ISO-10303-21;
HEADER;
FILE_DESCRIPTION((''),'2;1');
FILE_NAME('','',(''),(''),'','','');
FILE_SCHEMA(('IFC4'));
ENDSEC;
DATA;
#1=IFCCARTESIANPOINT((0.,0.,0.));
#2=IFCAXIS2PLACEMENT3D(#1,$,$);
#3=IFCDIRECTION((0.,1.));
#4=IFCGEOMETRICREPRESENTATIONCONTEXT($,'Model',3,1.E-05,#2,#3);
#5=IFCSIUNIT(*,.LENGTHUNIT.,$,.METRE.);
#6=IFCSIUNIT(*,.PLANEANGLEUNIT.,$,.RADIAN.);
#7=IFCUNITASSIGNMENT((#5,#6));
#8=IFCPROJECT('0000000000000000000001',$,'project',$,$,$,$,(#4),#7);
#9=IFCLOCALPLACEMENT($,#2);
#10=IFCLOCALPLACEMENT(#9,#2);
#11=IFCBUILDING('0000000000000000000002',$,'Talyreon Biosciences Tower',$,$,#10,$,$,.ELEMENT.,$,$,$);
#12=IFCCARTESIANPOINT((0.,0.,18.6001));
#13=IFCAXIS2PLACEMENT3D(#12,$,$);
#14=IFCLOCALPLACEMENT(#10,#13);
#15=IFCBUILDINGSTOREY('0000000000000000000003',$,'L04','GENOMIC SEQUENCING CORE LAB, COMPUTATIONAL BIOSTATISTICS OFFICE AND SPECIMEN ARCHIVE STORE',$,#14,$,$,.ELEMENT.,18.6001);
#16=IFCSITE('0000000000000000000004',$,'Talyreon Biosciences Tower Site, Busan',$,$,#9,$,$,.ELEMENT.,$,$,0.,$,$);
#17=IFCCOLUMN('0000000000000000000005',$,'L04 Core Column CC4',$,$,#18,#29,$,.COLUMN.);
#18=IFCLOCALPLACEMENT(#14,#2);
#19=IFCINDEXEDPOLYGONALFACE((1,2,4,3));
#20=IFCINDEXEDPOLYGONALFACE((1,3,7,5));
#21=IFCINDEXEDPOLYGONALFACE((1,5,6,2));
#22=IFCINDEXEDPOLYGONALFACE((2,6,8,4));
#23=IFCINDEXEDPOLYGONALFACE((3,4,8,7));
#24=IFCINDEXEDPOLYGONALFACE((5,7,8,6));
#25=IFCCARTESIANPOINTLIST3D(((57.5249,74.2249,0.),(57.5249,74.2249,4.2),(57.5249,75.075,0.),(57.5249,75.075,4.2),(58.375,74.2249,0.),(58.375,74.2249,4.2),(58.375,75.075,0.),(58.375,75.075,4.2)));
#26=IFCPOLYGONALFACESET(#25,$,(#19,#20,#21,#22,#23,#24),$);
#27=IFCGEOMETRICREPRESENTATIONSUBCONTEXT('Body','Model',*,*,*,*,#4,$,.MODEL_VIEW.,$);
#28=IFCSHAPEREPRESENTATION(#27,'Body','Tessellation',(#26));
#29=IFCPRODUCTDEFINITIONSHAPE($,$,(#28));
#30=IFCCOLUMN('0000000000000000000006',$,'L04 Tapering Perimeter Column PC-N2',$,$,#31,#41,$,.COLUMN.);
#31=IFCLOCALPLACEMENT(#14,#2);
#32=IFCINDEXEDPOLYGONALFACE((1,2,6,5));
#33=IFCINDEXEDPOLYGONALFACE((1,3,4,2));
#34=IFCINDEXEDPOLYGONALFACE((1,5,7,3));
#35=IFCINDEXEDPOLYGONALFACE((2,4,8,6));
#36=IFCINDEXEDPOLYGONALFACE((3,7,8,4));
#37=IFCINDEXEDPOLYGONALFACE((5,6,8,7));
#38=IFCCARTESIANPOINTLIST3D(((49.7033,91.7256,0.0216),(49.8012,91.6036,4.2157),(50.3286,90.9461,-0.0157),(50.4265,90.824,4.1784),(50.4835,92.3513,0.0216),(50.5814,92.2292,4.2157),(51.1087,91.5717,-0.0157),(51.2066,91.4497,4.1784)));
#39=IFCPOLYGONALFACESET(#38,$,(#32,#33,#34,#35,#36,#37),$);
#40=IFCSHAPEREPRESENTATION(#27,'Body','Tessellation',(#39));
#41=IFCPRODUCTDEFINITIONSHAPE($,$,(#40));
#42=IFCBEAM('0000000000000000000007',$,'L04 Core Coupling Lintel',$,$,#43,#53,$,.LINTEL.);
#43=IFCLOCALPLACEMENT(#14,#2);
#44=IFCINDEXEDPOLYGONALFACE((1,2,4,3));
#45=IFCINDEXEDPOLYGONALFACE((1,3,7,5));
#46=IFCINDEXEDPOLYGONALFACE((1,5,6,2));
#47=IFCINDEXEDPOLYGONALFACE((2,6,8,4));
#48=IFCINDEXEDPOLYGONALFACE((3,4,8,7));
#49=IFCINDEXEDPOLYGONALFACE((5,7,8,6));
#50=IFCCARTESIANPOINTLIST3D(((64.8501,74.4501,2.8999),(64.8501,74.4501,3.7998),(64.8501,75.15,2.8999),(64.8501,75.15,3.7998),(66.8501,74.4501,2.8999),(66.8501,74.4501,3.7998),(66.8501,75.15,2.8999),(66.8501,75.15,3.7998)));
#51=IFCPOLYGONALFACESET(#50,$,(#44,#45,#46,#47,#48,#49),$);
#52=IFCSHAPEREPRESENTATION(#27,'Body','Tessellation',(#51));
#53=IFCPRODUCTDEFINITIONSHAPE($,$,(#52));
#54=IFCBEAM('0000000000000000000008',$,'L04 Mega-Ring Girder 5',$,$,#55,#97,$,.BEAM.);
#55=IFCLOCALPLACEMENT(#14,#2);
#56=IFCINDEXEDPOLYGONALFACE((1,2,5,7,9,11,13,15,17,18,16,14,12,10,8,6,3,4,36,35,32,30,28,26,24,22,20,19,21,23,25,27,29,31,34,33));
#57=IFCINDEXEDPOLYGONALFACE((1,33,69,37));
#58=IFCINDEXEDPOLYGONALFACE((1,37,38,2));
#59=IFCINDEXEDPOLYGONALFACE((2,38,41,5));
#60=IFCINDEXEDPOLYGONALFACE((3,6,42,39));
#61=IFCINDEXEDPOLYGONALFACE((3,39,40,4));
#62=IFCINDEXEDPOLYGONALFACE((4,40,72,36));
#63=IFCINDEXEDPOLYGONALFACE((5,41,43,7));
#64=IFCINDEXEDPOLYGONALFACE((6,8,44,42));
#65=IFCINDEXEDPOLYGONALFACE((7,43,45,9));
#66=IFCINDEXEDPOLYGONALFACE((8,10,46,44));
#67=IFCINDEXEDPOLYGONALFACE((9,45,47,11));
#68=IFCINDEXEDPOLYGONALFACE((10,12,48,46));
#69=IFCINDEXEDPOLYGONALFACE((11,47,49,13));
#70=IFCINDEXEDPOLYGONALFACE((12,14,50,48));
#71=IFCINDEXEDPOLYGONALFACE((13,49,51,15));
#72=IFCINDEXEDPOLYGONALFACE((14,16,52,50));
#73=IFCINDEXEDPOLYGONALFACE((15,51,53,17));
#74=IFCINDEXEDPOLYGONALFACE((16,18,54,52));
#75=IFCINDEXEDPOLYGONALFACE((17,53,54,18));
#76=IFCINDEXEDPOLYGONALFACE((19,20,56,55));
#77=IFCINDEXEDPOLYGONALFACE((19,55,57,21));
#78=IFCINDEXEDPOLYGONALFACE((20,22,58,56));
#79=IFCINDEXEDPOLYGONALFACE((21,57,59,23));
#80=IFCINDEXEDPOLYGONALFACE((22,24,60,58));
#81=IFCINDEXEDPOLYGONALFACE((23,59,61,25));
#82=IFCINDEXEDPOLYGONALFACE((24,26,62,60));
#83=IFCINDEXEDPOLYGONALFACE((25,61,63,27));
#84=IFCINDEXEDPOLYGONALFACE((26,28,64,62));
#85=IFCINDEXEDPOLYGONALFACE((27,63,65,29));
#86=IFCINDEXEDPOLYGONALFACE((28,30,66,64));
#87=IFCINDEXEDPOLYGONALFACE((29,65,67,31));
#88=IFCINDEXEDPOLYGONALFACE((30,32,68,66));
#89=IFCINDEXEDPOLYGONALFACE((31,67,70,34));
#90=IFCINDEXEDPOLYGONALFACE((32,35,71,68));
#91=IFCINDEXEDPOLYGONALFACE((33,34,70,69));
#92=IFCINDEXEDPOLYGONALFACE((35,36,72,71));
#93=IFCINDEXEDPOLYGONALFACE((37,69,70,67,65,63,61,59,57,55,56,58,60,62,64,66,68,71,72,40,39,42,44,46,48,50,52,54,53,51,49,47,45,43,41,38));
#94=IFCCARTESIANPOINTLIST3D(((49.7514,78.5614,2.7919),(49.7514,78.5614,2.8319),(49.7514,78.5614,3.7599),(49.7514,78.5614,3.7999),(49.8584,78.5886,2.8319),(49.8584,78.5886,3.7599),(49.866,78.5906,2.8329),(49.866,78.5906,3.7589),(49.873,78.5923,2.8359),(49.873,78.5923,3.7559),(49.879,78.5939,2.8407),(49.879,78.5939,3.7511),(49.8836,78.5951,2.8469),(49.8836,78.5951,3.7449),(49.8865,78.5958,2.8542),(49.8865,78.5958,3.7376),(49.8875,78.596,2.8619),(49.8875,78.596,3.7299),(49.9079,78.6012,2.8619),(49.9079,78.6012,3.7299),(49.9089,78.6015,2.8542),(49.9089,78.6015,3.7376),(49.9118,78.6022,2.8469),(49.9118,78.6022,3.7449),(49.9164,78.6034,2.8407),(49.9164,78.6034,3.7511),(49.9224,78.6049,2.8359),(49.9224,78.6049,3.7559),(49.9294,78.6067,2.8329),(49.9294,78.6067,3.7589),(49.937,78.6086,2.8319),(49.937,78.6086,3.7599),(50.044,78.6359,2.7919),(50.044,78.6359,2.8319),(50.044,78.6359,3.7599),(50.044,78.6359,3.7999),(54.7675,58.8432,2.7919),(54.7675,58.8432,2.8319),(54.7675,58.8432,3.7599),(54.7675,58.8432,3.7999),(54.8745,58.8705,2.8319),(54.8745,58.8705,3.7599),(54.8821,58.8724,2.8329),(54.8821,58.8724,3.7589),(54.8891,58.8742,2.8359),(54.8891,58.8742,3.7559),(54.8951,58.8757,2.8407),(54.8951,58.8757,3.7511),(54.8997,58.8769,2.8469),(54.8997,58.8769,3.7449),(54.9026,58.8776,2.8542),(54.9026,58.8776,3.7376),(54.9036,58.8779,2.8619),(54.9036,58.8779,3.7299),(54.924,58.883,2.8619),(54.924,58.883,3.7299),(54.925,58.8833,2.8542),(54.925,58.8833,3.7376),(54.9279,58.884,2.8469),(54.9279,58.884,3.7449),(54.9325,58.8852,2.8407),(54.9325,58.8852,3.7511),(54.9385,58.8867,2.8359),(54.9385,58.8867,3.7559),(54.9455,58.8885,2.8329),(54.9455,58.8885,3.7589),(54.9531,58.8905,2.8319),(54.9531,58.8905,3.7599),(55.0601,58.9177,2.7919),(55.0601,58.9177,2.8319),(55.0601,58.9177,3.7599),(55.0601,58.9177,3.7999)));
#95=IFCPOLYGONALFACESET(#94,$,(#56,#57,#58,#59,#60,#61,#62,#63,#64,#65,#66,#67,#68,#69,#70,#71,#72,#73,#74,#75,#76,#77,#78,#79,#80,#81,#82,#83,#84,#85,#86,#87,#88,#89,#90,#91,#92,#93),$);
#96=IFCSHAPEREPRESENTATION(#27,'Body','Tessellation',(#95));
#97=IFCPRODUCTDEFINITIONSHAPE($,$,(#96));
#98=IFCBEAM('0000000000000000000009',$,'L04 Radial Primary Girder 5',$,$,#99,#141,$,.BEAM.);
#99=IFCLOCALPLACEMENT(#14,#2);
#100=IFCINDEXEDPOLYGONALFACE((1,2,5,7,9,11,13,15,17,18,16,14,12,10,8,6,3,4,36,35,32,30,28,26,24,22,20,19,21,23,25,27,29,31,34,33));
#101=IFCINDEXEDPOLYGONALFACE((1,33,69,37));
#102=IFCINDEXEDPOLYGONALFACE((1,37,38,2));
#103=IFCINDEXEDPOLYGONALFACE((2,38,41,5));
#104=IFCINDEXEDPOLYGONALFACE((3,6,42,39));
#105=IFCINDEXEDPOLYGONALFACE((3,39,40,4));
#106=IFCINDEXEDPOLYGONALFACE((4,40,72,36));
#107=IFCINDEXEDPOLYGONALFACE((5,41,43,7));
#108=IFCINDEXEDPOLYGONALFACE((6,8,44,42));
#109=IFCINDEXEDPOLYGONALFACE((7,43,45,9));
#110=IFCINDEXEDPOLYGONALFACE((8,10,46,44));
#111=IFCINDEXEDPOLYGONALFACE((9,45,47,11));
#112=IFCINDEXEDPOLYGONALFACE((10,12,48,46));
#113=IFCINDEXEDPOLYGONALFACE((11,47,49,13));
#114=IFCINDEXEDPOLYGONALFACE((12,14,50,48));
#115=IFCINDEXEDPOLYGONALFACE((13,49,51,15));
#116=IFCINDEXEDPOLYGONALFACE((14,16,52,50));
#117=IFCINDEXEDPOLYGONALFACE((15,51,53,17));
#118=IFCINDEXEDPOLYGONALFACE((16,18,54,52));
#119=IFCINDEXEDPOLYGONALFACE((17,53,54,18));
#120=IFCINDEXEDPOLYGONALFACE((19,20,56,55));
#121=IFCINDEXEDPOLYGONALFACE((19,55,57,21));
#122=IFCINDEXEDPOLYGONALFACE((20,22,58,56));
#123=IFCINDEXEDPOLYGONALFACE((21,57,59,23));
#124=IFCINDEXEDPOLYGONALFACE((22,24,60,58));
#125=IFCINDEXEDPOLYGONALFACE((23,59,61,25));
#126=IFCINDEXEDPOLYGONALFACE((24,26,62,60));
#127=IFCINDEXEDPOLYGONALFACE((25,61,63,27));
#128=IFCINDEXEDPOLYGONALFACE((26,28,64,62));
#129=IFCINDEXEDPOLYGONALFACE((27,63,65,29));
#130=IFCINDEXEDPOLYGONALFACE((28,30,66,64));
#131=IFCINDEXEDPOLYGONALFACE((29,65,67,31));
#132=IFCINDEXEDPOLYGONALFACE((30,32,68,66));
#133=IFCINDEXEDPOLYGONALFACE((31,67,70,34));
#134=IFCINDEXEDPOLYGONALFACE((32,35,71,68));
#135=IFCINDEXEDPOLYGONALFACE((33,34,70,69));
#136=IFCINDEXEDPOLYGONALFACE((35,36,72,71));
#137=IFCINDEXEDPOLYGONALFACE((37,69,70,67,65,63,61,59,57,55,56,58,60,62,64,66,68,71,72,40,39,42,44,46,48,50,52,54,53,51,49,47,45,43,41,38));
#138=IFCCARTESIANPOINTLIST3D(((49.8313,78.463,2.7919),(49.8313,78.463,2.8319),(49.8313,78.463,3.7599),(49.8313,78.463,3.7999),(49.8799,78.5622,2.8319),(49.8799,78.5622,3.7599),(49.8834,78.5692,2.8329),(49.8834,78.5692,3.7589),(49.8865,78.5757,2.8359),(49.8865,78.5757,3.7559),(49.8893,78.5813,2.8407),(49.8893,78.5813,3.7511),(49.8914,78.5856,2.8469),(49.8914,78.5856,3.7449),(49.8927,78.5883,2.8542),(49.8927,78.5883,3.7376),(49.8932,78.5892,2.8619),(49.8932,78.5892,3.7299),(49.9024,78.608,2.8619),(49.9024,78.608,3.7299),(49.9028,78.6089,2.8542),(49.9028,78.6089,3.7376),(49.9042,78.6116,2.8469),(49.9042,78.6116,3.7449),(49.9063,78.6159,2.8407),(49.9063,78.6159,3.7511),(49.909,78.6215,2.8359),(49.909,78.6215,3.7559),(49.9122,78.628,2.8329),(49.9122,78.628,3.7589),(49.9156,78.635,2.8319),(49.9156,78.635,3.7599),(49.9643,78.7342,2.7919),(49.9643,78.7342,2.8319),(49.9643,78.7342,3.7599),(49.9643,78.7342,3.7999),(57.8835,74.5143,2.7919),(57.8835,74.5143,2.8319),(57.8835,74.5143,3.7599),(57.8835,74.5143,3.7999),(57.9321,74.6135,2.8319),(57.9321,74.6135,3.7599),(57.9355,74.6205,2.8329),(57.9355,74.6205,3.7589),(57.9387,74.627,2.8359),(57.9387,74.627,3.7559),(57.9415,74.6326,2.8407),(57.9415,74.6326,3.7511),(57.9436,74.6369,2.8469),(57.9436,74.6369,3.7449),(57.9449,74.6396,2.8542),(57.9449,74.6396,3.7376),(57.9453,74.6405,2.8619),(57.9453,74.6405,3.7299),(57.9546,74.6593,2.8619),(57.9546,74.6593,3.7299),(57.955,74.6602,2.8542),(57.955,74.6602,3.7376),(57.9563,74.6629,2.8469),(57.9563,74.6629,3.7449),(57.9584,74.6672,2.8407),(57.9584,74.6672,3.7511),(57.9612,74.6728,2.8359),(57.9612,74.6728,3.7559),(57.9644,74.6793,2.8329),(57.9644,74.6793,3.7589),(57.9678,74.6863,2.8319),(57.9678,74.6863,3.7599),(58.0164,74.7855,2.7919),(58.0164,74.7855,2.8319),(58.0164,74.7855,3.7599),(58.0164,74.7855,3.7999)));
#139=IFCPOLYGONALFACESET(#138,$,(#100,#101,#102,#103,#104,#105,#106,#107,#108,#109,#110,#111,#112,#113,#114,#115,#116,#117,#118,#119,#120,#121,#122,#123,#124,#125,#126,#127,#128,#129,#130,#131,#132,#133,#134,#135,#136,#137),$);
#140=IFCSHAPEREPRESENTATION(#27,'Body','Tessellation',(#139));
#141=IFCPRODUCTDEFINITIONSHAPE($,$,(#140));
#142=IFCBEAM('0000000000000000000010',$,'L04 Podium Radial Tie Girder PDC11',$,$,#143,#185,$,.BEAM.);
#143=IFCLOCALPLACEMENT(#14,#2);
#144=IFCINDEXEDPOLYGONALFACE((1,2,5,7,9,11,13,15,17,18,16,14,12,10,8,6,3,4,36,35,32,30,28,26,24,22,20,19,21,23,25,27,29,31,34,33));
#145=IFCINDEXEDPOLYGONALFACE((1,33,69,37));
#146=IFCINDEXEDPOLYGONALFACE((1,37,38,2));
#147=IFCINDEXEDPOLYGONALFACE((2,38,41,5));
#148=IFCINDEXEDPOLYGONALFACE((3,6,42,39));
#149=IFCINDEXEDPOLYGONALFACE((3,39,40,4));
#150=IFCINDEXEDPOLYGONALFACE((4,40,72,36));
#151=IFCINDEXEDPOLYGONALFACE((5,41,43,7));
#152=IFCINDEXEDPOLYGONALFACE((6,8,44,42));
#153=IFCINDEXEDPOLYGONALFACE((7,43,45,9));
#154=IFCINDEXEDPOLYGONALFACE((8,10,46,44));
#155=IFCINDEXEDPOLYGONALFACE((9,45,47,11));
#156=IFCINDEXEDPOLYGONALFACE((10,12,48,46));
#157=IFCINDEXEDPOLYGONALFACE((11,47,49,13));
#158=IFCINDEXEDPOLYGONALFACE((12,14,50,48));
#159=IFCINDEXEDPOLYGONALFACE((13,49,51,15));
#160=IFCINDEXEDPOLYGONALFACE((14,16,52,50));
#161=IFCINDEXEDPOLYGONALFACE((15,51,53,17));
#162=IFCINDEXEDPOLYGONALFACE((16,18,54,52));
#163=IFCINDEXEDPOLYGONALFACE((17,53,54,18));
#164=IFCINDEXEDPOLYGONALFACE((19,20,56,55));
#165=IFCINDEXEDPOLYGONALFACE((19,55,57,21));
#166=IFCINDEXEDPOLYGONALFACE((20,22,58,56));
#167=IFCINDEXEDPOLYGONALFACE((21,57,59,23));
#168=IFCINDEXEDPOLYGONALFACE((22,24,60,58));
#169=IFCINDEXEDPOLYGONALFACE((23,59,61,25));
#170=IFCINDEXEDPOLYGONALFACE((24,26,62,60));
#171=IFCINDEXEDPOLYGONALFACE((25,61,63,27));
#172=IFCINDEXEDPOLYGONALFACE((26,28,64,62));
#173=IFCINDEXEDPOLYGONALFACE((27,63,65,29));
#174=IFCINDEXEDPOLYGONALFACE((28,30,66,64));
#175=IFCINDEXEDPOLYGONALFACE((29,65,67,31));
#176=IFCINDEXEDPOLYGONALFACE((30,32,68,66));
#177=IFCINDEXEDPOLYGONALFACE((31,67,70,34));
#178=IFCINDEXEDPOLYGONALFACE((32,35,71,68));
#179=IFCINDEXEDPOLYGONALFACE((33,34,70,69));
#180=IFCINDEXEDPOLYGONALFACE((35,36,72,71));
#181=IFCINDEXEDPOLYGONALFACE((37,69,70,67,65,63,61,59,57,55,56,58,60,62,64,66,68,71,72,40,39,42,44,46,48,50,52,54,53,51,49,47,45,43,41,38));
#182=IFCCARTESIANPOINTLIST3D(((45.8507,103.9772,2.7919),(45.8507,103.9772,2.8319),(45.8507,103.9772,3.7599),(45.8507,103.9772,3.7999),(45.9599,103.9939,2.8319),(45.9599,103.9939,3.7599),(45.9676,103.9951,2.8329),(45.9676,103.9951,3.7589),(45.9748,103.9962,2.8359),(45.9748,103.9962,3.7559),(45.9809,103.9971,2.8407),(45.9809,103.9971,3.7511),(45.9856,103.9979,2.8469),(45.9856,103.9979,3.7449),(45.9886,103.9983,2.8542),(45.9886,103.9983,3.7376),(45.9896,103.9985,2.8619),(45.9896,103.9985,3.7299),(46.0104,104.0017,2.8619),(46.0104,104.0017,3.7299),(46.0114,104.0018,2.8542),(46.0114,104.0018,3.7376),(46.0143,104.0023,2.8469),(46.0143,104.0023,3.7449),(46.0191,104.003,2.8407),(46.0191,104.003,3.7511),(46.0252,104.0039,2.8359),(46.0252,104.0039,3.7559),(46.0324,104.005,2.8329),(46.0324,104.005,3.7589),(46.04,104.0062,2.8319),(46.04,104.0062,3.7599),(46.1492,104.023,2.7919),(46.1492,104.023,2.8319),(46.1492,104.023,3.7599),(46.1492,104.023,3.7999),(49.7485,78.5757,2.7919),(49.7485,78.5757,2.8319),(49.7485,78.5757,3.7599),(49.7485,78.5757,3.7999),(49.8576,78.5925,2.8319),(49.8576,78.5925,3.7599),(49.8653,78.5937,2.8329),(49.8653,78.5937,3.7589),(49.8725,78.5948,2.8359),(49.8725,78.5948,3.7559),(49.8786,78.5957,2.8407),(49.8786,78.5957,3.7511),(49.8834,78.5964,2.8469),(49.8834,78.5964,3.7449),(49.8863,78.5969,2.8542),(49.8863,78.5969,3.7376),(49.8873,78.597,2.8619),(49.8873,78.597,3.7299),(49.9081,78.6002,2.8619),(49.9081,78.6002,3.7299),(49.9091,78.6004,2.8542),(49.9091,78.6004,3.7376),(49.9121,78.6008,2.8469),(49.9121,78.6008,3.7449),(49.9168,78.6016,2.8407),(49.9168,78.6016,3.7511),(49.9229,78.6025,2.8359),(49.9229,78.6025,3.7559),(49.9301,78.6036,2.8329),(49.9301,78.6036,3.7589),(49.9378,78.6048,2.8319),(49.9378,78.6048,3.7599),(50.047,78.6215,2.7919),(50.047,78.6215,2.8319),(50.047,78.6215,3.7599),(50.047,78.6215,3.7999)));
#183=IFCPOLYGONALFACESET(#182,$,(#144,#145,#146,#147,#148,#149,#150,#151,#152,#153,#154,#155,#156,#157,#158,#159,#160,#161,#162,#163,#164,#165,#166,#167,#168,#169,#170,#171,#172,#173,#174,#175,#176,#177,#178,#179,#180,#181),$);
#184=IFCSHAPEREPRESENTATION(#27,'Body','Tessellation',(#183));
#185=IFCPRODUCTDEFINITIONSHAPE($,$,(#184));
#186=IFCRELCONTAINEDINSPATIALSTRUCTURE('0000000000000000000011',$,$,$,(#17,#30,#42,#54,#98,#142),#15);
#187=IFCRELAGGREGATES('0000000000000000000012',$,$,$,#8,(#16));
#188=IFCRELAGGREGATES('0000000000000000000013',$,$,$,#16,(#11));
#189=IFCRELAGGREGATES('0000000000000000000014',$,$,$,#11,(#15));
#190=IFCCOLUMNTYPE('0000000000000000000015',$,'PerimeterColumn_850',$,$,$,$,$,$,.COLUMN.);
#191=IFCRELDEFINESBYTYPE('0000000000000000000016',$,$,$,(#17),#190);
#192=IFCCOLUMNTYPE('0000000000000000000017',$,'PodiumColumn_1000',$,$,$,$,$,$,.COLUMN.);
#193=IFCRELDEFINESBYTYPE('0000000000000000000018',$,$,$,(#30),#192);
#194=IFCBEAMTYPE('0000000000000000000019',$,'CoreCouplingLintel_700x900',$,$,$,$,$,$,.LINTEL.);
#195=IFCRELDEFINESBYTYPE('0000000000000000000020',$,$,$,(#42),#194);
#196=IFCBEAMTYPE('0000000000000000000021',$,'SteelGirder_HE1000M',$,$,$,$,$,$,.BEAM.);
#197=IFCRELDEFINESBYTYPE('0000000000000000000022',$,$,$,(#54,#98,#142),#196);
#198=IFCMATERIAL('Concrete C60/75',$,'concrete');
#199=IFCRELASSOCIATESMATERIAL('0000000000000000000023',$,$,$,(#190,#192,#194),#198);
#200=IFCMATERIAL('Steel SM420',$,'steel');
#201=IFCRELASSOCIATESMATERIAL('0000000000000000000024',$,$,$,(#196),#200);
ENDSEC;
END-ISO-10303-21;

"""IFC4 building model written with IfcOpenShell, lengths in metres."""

from ifc_helpers import new_model, si_unit, direction, frame, origin, origin_2d, place, context, subcontext, project, spatial, rectangle, i_section, extrude, material, material_profile, profile_set, type_object, element, save


model = new_model("IFC4")

# Units and contexts
model_context = context("Model", 3, precision=1e-05, world=origin(), true_north=direction((0.0, 1.0)))
body_context = subcontext(model_context, "Body", "Model", "MODEL_VIEW")
ifc_project = project(units=[si_unit("LENGTHUNIT", "METRE"), si_unit("PLANEANGLEUNIT", "RADIAN")], contexts=[model_context])

# Site, building, storey
site_placement = place(None, origin())
site = spatial("IfcSite", under=ifc_project, at=site_placement, Name="Talyreon Biosciences Tower Site, Busan", CompositionType="ELEMENT", RefElevation=0.0)
building_placement = place(site_placement, origin())
building = spatial("IfcBuilding", under=site, at=building_placement, Name="Talyreon Biosciences Tower", CompositionType="ELEMENT")
storey_placement = place(building_placement, frame((0.0, 0.0, 18.6001)))
storey = spatial("IfcBuildingStorey", under=building, at=storey_placement, Name="L04", Description="GENOMIC SEQUENCING CORE LAB, COMPUTATIONAL BIOSTATISTICS OFFICE AND SPECIMEN ARCHIVE STORE", CompositionType="ELEMENT", Elevation=18.6001)

# Columns
ifc_material_1 = material(Name="Concrete C60/75", Category="concrete")
ifc_material_profile_1 = material_profile(ifc_material_1, rectangle(XDim=0.8501, YDim=0.8501, at=origin_2d()), Name="RC 850x850")
ifc_profile_set_1 = profile_set([ifc_material_profile_1], Name="Concrete C60/75")
column_type_1 = type_object("IfcColumnType", Name="PerimeterColumn_850", PredefinedType="COLUMN", material=ifc_profile_set_1)
column_1_placement = place(storey_placement, frame((57.95, 74.6499, 0.0), z_axis=(0.0, 0.0, 1.0), x_axis=(1.0, 0.0, 0.0)))
element("IfcColumn", 1, at=column_1_placement, inside=storey, type_object=column_type_1, Name="L04 Core Column CC4", PredefinedType="COLUMN", context=body_context, shape_type="SweptSolid", body=[
    extrude(rectangle(XDim=0.8501, YDim=0.8501, at=origin_2d()), origin(), (0.0, 0.0, 1.0), 4.2),
])
ifc_material_profile_2 = material_profile(ifc_material_1, rectangle(XDim=1.0, YDim=1.0, at=origin_2d()), Name="RC 1000x1000")
ifc_profile_set_2 = profile_set([ifc_material_profile_2], Name="Concrete C60/75")
column_type_2 = type_object("IfcColumnType", Name="PodiumColumn_1000", PredefinedType="COLUMN", material=ifc_profile_set_2)
column_2_placement = place(storey_placement, frame((50.406, 91.6487, 0.0029), z_axis=(0.023326, -0.029085, 0.999305), x_axis=(-0.780107, -0.625646, 0.0)))
element("IfcColumn", 2, at=column_2_placement, inside=storey, type_object=column_type_2, Name="L04 Tapering Perimeter Column PC-N2", PredefinedType="COLUMN", context=body_context, shape_type="SweptSolid", body=[
    extrude(rectangle(XDim=1.0, YDim=1.0, at=origin_2d()), origin(), (0.0, 0.0, 1.0), 4.197),
])

# Beams
ifc_material_profile_3 = material_profile(ifc_material_1, rectangle(XDim=0.7, YDim=0.8999, at=origin_2d()), Name="RCB 700x900")
ifc_profile_set_3 = profile_set([ifc_material_profile_3], Name="Concrete C60/75")
beam_type_1 = type_object("IfcBeamType", Name="CoreCouplingLintel_700x900", PredefinedType="LINTEL", material=ifc_profile_set_3)
beam_1_placement = place(storey_placement, frame((64.8501, 74.8, 3.3499), z_axis=(1.0, 0.0, 0.0), x_axis=(0.0, 1.0, 0.0)))
element("IfcBeam", 3, at=beam_1_placement, inside=storey, type_object=beam_type_1, Name="L04 Core Coupling Lintel", PredefinedType="LINTEL", context=body_context, shape_type="SweptSolid", body=[
    extrude(rectangle(XDim=0.7, YDim=0.8999, at=origin_2d()), origin(), (0.0, 0.0, 1.0), 2.0),
])
ifc_material_2 = material(Name="Steel SM420", Category="steel")
ifc_material_profile_4 = material_profile(ifc_material_2, i_section(OverallWidth=0.302, OverallDepth=1.0081, WebThickness=0.021, FlangeThickness=0.04, FilletRadius=0.03, at=origin_2d()), Name="HE1000M")
ifc_profile_set_4 = profile_set([ifc_material_profile_4], Name="Steel SM420")
beam_type_2 = type_object("IfcBeamType", Name="SteelGirder_HE1000M", PredefinedType="BEAM", material=ifc_profile_set_4)
beam_2_placement = place(storey_placement, frame((49.8977, 78.5986, 3.2959), z_axis=(0.246537, -0.969133, 0.0), x_axis=(0.969133, 0.246537, 0.0)))
element("IfcBeam", 4, at=beam_2_placement, inside=storey, type_object=beam_type_2, Name="L04 Mega-Ring Girder 5", PredefinedType="BEAM", context=body_context, shape_type="SweptSolid", body=[
    extrude(i_section(OverallWidth=0.302, OverallDepth=1.0081, WebThickness=0.021, FlangeThickness=0.04, FilletRadius=0.03, at=origin_2d()), origin(), (0.0, 0.0, 1.0), 20.3462),
])
beam_3_placement = place(storey_placement, frame((57.95, 74.6499, 3.2959), z_axis=(-0.897852, 0.440297, 0.0), x_axis=(-0.440297, -0.897852, 0.0)))
element("IfcBeam", 5, at=beam_3_placement, inside=storey, type_object=beam_type_2, Name="L04 Radial Primary Girder 5", PredefinedType="BEAM", context=body_context, shape_type="SweptSolid", body=[
    extrude(i_section(OverallWidth=0.302, OverallDepth=1.0081, WebThickness=0.021, FlangeThickness=0.04, FilletRadius=0.03, at=origin_2d()), origin(), (0.0, 0.0, 1.0), 8.9683),
])
beam_4_placement = place(storey_placement, frame((49.8977, 78.5986, 3.2959), z_axis=(-0.15167, 0.988431, 0.0), x_axis=(-0.988431, -0.15167, 0.0)))
element("IfcBeam", 6, at=beam_4_placement, inside=storey, type_object=beam_type_2, Name="L04 Podium Radial Tie Girder PDC11", PredefinedType="BEAM", context=body_context, shape_type="SweptSolid", body=[
    extrude(i_section(OverallWidth=0.302, OverallDepth=1.0081, WebThickness=0.021, FlangeThickness=0.04, FilletRadius=0.03, at=origin_2d()), origin(), (0.0, 0.0, 1.0), 25.6987),
])

save(model, "model.ifc")
